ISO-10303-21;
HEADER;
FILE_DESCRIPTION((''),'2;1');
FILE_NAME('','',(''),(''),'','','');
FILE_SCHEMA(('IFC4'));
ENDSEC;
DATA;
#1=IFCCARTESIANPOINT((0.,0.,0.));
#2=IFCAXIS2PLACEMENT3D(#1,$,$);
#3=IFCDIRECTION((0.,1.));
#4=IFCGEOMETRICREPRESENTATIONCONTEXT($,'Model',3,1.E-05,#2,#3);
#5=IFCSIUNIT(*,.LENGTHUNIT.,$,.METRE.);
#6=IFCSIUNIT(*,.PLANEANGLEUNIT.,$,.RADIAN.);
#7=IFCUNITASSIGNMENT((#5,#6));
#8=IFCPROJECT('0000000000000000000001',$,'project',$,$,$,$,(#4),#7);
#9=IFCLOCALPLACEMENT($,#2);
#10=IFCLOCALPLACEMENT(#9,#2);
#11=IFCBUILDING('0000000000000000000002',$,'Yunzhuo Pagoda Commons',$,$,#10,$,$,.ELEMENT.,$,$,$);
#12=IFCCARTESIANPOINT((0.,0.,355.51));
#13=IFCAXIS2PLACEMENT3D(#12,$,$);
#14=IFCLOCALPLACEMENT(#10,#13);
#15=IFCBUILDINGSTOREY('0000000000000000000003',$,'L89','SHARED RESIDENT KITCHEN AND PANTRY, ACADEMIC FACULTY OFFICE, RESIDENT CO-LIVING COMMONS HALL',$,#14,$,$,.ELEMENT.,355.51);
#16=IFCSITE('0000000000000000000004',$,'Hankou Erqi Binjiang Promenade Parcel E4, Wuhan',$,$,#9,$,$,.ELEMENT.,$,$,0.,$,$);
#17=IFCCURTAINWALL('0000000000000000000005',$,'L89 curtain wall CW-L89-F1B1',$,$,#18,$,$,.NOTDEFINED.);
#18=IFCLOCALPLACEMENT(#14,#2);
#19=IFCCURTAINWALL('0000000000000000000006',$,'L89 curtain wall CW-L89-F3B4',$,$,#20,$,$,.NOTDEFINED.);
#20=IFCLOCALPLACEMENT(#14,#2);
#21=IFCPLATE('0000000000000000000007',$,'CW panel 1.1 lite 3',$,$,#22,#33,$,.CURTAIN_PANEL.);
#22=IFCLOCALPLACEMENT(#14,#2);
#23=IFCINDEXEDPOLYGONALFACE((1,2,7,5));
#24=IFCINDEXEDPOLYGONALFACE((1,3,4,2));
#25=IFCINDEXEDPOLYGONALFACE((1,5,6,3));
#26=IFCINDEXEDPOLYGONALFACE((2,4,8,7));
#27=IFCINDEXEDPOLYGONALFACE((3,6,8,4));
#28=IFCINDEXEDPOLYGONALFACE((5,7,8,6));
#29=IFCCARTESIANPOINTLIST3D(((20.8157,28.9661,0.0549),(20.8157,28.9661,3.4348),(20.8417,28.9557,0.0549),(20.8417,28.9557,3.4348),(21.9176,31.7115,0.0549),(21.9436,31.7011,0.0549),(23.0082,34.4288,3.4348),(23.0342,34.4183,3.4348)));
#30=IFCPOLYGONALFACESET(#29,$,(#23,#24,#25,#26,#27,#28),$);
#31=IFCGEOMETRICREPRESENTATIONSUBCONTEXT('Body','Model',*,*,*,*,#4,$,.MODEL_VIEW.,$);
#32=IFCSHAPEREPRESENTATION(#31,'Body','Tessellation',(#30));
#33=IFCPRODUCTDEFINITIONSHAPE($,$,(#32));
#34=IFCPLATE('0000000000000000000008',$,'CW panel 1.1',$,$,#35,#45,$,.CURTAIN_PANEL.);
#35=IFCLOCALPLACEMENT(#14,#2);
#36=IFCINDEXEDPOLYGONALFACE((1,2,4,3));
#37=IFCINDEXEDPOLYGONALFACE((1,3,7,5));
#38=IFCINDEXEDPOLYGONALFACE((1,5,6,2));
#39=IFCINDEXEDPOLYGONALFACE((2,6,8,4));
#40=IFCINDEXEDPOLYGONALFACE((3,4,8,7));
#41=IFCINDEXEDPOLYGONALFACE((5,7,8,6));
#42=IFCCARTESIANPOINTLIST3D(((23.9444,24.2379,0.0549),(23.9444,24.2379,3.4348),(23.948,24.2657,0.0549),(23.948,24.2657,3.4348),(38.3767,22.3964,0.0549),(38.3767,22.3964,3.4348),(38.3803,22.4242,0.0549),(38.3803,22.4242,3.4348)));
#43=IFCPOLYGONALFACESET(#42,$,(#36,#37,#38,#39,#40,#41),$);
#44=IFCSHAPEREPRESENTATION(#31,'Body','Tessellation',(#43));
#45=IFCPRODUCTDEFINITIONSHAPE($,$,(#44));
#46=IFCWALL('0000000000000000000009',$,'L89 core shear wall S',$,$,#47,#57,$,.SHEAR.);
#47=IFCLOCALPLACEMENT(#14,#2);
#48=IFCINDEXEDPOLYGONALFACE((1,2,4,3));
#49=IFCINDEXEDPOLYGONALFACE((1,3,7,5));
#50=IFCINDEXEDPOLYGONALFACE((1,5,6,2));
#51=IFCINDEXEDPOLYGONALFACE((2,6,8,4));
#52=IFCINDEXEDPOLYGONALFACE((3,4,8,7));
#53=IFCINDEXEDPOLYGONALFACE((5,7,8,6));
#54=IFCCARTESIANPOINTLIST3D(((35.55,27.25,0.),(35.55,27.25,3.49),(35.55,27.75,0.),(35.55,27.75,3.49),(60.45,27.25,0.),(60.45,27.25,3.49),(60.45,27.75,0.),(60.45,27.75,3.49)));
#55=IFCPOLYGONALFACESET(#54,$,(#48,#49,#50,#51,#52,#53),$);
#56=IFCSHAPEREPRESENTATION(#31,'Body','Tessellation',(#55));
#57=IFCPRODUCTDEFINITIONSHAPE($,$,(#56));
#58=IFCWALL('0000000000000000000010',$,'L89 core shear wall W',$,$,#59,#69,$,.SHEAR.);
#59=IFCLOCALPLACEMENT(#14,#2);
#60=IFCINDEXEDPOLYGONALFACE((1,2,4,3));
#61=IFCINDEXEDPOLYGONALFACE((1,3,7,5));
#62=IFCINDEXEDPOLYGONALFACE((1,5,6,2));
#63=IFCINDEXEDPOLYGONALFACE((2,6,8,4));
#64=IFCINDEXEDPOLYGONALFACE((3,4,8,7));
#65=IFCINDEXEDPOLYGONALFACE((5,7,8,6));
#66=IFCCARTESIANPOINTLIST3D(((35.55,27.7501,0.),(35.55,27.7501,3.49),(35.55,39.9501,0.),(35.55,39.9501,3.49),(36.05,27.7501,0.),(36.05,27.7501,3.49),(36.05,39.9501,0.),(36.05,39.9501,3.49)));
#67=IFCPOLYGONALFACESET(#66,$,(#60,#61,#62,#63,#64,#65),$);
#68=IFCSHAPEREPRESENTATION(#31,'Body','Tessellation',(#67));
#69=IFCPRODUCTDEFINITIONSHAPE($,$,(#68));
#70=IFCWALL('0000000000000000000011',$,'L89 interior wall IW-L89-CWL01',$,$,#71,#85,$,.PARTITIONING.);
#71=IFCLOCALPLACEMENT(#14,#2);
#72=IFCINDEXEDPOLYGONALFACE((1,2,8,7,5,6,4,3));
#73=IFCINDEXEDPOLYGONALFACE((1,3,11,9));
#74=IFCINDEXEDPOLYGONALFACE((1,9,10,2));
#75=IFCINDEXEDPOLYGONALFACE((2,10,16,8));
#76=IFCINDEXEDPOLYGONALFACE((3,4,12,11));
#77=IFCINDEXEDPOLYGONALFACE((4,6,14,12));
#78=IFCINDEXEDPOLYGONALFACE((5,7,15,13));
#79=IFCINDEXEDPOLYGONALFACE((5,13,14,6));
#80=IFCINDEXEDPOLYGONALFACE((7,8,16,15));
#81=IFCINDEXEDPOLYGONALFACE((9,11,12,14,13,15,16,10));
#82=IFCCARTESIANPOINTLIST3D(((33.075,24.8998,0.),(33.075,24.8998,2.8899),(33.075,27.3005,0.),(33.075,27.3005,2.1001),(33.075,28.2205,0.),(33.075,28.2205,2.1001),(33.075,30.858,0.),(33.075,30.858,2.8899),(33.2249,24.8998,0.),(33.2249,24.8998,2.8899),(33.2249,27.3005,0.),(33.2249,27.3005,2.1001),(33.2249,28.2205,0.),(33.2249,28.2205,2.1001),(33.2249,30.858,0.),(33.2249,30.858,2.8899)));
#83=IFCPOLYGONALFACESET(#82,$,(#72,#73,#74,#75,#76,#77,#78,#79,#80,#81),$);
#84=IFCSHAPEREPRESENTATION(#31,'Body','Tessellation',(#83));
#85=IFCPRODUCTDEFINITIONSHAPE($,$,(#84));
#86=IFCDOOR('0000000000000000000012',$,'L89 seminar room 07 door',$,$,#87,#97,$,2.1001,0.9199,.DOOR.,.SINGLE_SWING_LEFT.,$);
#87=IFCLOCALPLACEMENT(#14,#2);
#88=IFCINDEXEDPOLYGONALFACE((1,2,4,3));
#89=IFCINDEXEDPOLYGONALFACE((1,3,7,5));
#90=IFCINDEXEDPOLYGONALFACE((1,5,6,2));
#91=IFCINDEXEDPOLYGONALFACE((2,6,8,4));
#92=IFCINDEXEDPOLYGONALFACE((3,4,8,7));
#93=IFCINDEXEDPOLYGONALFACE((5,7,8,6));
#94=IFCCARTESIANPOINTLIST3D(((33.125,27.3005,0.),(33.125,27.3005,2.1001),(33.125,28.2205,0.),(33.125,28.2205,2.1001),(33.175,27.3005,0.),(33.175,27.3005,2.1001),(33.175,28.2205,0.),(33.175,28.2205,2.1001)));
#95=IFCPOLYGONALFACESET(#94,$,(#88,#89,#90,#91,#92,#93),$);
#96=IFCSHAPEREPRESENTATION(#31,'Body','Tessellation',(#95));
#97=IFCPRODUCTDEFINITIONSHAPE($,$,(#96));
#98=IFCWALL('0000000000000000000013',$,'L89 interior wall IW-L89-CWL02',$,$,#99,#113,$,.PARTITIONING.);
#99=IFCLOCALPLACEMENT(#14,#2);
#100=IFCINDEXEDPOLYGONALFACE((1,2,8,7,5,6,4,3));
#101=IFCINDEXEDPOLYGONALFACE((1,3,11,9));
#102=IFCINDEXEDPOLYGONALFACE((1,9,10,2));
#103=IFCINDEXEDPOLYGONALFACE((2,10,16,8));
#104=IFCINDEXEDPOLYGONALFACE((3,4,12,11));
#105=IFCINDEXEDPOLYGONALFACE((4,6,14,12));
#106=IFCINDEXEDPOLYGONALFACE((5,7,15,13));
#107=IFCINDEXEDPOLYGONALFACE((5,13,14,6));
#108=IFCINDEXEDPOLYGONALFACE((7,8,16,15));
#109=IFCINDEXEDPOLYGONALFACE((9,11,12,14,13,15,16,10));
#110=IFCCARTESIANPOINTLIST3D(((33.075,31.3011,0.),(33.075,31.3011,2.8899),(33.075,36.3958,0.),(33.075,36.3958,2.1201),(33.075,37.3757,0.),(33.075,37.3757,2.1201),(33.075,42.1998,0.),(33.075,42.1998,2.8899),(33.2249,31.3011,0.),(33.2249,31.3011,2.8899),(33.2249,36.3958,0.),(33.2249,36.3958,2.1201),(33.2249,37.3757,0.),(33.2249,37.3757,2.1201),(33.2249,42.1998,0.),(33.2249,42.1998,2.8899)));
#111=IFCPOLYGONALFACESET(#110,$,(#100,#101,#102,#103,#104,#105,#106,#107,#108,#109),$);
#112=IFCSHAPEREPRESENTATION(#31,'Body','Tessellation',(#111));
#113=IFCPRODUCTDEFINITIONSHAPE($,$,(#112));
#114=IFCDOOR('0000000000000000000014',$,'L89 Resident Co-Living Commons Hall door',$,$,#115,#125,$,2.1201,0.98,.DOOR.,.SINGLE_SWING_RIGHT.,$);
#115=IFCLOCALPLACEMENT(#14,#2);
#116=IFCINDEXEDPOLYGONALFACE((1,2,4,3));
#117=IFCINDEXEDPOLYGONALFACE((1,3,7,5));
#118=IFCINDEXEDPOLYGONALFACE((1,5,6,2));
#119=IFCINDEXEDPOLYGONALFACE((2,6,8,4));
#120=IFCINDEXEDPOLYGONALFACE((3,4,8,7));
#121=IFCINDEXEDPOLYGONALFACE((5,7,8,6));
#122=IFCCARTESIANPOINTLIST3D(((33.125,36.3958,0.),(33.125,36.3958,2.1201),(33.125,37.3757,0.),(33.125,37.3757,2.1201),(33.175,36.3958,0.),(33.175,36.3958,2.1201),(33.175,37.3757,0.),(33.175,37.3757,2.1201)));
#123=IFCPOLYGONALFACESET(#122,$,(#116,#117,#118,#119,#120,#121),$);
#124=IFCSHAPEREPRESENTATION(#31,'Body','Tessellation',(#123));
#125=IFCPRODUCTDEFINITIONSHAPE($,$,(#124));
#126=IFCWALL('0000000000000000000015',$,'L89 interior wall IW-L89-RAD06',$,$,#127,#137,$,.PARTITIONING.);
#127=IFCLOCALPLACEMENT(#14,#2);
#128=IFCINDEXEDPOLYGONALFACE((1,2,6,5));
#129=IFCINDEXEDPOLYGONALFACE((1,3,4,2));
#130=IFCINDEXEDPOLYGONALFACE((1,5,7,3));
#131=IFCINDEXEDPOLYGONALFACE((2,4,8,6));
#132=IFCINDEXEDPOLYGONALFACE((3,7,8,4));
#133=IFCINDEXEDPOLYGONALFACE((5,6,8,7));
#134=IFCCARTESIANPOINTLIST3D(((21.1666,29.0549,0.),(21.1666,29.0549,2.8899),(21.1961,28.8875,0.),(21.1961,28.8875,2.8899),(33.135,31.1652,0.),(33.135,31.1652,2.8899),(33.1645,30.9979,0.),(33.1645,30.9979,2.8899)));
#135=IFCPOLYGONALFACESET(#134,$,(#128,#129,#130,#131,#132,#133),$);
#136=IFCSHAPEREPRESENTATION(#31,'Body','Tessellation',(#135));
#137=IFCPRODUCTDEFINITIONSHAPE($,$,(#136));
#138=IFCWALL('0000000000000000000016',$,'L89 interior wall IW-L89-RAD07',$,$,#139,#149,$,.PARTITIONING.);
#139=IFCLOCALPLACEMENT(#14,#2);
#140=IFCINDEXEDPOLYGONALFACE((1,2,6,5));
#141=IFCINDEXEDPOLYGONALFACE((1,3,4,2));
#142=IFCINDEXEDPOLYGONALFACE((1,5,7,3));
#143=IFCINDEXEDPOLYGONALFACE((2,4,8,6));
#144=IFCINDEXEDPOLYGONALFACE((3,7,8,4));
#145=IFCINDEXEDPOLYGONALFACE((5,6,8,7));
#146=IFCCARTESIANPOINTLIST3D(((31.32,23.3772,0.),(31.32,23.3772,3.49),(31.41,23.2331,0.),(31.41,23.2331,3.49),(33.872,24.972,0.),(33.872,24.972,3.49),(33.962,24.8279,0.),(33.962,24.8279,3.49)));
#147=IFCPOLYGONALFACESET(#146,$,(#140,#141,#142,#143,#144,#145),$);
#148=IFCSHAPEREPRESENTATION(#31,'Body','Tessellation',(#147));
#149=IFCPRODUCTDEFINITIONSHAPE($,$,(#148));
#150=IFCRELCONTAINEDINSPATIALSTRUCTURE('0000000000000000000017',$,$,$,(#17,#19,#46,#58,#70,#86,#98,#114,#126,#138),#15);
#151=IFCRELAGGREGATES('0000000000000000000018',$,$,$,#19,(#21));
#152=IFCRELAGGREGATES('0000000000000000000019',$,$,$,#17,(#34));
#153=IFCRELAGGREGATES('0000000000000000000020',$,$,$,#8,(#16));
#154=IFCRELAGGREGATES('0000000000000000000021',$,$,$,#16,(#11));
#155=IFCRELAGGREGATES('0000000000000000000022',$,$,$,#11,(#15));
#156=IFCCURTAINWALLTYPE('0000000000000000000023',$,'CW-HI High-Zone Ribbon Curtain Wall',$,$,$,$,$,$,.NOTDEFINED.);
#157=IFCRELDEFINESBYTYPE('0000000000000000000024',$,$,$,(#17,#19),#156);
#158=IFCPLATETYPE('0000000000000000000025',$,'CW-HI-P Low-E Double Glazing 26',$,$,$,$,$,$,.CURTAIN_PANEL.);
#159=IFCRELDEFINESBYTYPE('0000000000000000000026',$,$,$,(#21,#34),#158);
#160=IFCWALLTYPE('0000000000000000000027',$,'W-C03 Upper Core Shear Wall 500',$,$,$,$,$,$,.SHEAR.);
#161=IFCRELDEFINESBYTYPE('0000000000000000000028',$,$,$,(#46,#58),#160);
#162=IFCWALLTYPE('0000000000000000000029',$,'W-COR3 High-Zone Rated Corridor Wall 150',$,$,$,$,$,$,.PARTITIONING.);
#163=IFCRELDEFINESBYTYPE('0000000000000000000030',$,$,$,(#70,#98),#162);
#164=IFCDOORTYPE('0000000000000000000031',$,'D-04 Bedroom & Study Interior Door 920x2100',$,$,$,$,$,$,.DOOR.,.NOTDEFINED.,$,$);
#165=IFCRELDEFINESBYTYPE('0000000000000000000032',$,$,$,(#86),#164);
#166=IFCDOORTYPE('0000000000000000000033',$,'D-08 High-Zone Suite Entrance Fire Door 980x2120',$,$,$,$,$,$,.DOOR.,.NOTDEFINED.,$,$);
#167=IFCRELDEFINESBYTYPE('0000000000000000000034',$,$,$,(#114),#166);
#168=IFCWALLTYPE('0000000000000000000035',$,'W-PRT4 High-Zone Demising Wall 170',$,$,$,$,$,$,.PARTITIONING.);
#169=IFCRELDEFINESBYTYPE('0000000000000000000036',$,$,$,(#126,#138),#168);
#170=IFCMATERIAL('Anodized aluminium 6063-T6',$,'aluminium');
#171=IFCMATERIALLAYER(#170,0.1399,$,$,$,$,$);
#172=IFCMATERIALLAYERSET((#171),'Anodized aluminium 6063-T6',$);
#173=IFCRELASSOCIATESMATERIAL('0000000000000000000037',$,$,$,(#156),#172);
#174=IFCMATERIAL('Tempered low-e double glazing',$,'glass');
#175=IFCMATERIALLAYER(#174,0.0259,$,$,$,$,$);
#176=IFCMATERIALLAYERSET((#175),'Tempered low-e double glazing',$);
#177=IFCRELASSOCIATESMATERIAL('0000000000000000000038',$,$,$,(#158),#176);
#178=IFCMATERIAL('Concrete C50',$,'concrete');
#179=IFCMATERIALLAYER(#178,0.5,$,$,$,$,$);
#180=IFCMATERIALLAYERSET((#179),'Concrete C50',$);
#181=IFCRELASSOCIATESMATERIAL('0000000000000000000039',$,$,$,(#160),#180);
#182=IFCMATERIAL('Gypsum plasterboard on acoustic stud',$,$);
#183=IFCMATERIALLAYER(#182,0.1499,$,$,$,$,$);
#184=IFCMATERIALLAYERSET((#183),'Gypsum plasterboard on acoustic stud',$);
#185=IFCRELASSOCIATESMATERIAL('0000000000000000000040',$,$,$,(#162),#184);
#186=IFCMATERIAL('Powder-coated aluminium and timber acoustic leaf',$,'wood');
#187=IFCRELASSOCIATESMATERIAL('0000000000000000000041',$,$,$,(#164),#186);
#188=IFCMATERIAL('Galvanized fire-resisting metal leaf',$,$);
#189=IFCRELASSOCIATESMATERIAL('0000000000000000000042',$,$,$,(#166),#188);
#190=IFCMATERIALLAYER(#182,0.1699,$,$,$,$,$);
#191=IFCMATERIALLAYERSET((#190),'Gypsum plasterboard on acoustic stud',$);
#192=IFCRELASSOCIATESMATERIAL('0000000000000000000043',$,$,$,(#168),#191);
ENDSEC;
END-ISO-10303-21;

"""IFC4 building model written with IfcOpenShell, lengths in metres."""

from ifc_helpers import new_model, si_unit, direction, frame, frame_2d, origin, origin_with_axes, origin_2d, place, context, subcontext, project, spatial, polyline, rectangle, outline, extrude, source, transform, mapped, material, layer, layer_set, type_object, element, fill, aggregate, save


model = new_model("IFC4")

# Units and contexts
model_context = context("Model", 3, precision=1e-05, world=origin(), true_north=direction((0.0, 1.0)))
body_context = subcontext(model_context, "Body", "Model", "MODEL_VIEW")
ifc_project = project(units=[si_unit("LENGTHUNIT", "METRE"), si_unit("PLANEANGLEUNIT", "RADIAN")], contexts=[model_context])

# Site, building, storey
site_placement = place(None, origin())
site = spatial("IfcSite", under=ifc_project, at=site_placement, Name="Hankou Erqi Binjiang Promenade Parcel E4, Wuhan", CompositionType="ELEMENT", RefElevation=0.0)
building_placement = place(site_placement, origin())
building = spatial("IfcBuilding", under=site, at=building_placement, Name="Yunzhuo Pagoda Commons", CompositionType="ELEMENT")
storey_placement = place(building_placement, frame((0.0, 0.0, 355.51)))
storey = spatial("IfcBuildingStorey", under=building, at=storey_placement, Name="L89", Description="SHARED RESIDENT KITCHEN AND PANTRY, ACADEMIC FACULTY OFFICE, RESIDENT CO-LIVING COMMONS HALL", CompositionType="ELEMENT", Elevation=355.51)

# Curtain wall
ifc_material_1 = material(Name="Anodized aluminium 6063-T6", Category="aluminium")
ifc_layer_1 = layer(ifc_material_1, 0.1399)
ifc_layer_set_1 = layer_set([ifc_layer_1], Name="Anodized aluminium 6063-T6")
curtain_wall_type = type_object("IfcCurtainWallType", Name="CW-HI High-Zone Ribbon Curtain Wall", PredefinedType="NOTDEFINED", material=ifc_layer_set_1)
curtain_wall_1_placement = place(storey_placement, origin())
curtain_wall_1 = element("IfcCurtainWall", 1, at=curtain_wall_1_placement, inside=storey, type_object=curtain_wall_type, Name="L89 curtain wall CW-L89-F1B1", PredefinedType="NOTDEFINED")

# Curtain wall, plate
curtain_wall_2_placement = place(storey_placement, origin())
curtain_wall_2 = element("IfcCurtainWall", 2, at=curtain_wall_2_placement, inside=storey, type_object=curtain_wall_type, Name="L89 curtain wall CW-L89-F3B4", PredefinedType="NOTDEFINED")
ifc_material_2 = material(Name="Tempered low-e double glazing", Category="glass")
ifc_layer_2 = layer(ifc_material_2, 0.0259)
ifc_layer_set_2 = layer_set([ifc_layer_2], Name="Tempered low-e double glazing")
plate_type = type_object("IfcPlateType", Name="CW-HI-P Low-E Double Glazing 26", PredefinedType="CURTAIN_PANEL", material=ifc_layer_set_2)
plate_1_placement = place(storey_placement, frame((21.938, 31.687, 1.7449), z_axis=(-0.928039, 0.372483, 0.0), x_axis=(-0.372483, -0.928039, 0.0)))
plate_1 = element("IfcPlate", 3, at=plate_1_placement, type_object=plate_type, Name="CW panel 1.1 lite 3", PredefinedType="CURTAIN_PANEL", context=body_context, shape_type="SweptSolid", body=[
    extrude(outline(polyline([(-2.9431, 1.6899), (-0.0151, -1.6899), (2.9431, -1.6899), (2.9431, 1.6899), (-2.9431, 1.6899)])), origin(), (0.0, 0.0, 1.0), 0.0281),
])
aggregate(curtain_wall_2, [plate_1])

# Plate
shared_shape_1 = source(origin(), body_context, "Body", "SweptSolid", [
    extrude(rectangle(XDim=14.5493, YDim=0.0281, at=origin_2d()), origin(), (0.0, 0.0, 1.0), 3.3799),
])
plate_2_placement = place(storey_placement, frame((31.1624, 23.3311, 0.0549), z_axis=(0.0, 0.0, 1.0), x_axis=(0.991958, -0.126571, 0.0)))
plate_2 = element("IfcPlate", 4, at=plate_2_placement, type_object=plate_type, Name="CW panel 1.1", PredefinedType="CURTAIN_PANEL", context=body_context, shape_type="MappedRepresentation", body=[
    mapped(shared_shape_1, transform((0.0, 0.0, 0.0), scale=1.0)),
])
aggregate(curtain_wall_1, [plate_2])

# Walls
ifc_material_3 = material(Name="Concrete C50", Category="concrete")
ifc_layer_3 = layer(ifc_material_3, 0.5)
ifc_layer_set_3 = layer_set([ifc_layer_3], Name="Concrete C50")
wall_type_1 = type_object("IfcWallType", Name="W-C03 Upper Core Shear Wall 500", PredefinedType="SHEAR", material=ifc_layer_set_3)
wall_1_placement = place(storey_placement, frame((35.55, 27.5, 0.0), z_axis=(0.0, 0.0, 1.0), x_axis=(1.0, 0.0, 0.0)))
element("IfcWall", 5, at=wall_1_placement, inside=storey, type_object=wall_type_1, Name="L89 core shear wall S", PredefinedType="SHEAR", context=body_context, shape_type="SweptSolid", body=[
    extrude(rectangle(XDim=24.8999, YDim=0.5, at=frame_2d((12.45, 0.0))), origin(), (0.0, 0.0, 1.0), 3.49),
])
wall_2_placement = place(storey_placement, frame((35.8, 27.75, 0.0), z_axis=(0.0, 0.0, 1.0), x_axis=(0.0, 1.0, 0.0)))
element("IfcWall", 6, at=wall_2_placement, inside=storey, type_object=wall_type_1, Name="L89 core shear wall W", PredefinedType="SHEAR", context=body_context, shape_type="SweptSolid", body=[
    extrude(rectangle(XDim=12.2, YDim=0.5, at=frame_2d((6.1001, 0.0))), origin(), (0.0, 0.0, 1.0), 3.49),
])

# Walls, openings, doors
ifc_material_4 = material(Name="Gypsum plasterboard on acoustic stud")
ifc_layer_4 = layer(ifc_material_4, 0.1499)
ifc_layer_set_4 = layer_set([ifc_layer_4], Name="Gypsum plasterboard on acoustic stud")
wall_type_2 = type_object("IfcWallType", Name="W-COR3 High-Zone Rated Corridor Wall 150", PredefinedType="PARTITIONING", material=ifc_layer_set_4)
wall_3_placement = place(storey_placement, frame((33.1499, 24.8999, 0.0), z_axis=(0.0, 0.0, 1.0), x_axis=(0.0, 1.0, 0.0)))
wall_3 = element("IfcWall", 7, at=wall_3_placement, inside=storey, type_object=wall_type_2, Name="L89 interior wall IW-L89-CWL01", PredefinedType="PARTITIONING", context=body_context, shape_type="SweptSolid", body=[
    extrude(rectangle(XDim=5.9583, YDim=0.1499, at=frame_2d((2.979, 0.0))), origin(), (0.0, 0.0, 1.0), 2.8899),
])
opening_1_placement = place(wall_3_placement, frame((2.4006, 0.0, 0.0)))
opening_1 = element("IfcOpeningElement", 8, at=opening_1_placement, cuts=wall_3, PredefinedType="OPENING", context=body_context, shape_type="SweptSolid", body=[
    extrude(rectangle(XDim=0.9199, YDim=2.1001, at=frame_2d((0.46, 1.05))), frame((0.0, 0.085, 0.0), z_axis=(0.0, -1.0, 0.0), x_axis=(1.0, 0.0, 0.0)), (0.0, 0.0, 1.0), 0.1699),
])
ifc_material_5 = material(Name="Powder-coated aluminium and timber acoustic leaf", Category="wood")
door_type_1 = type_object("IfcDoorType", Name="D-04 Bedroom & Study Interior Door 920x2100", OperationType="NOTDEFINED", PredefinedType="DOOR", material=ifc_material_5)
shared_shape_2 = source(origin(), body_context, "Body", "SweptSolid", [
    extrude(rectangle(XDim=0.9199, YDim=2.1001, at=frame_2d((0.46, 1.05))), frame((0.0, 0.0249, 0.0), z_axis=(0.0, -1.0, 0.0), x_axis=(1.0, 0.0, 0.0)), (0.0, 0.0, 1.0), 0.05),
])
door_1_placement = place(opening_1_placement, origin_with_axes())
door_1 = element("IfcDoor", 9, at=door_1_placement, inside=storey, type_object=door_type_1, Name="L89 seminar room 07 door", OperationType="SINGLE_SWING_LEFT", OverallHeight=2.1001, OverallWidth=0.9199, PredefinedType="DOOR", context=body_context, shape_type="MappedRepresentation", body=[
    mapped(shared_shape_2, transform((0.0, 0.0, 0.0), scale=1.0)),
])
fill(opening_1, door_1)
wall_4_placement = place(storey_placement, frame((33.1499, 31.3013, 0.0), z_axis=(0.0, 0.0, 1.0), x_axis=(0.0, 1.0, 0.0)))
wall_4 = element("IfcWall", 10, at=wall_4_placement, inside=storey, type_object=wall_type_2, Name="L89 interior wall IW-L89-CWL02", PredefinedType="PARTITIONING", context=body_context, shape_type="SweptSolid", body=[
    extrude(rectangle(XDim=10.8987, YDim=0.1499, at=frame_2d((5.4492, 0.0))), origin(), (0.0, 0.0, 1.0), 2.8899),
])
opening_2_placement = place(wall_4_placement, frame((5.0945, 0.0, 0.0)))
opening_2 = element("IfcOpeningElement", 11, at=opening_2_placement, cuts=wall_4, PredefinedType="OPENING", context=body_context, shape_type="SweptSolid", body=[
    extrude(rectangle(XDim=0.98, YDim=2.1201, at=frame_2d((0.49, 1.0601))), frame((0.0, 0.085, 0.0), z_axis=(0.0, -1.0, 0.0), x_axis=(1.0, 0.0, 0.0)), (0.0, 0.0, 1.0), 0.1699),
])
ifc_material_6 = material(Name="Galvanized fire-resisting metal leaf")
door_type_2 = type_object("IfcDoorType", Name="D-08 High-Zone Suite Entrance Fire Door 980x2120", OperationType="NOTDEFINED", PredefinedType="DOOR", material=ifc_material_6)
shared_shape_3 = source(origin(), body_context, "Body", "SweptSolid", [
    extrude(rectangle(XDim=0.98, YDim=2.1201, at=frame_2d((0.49, 1.0601))), frame((0.0, 0.0249, 0.0), z_axis=(0.0, -1.0, 0.0), x_axis=(1.0, 0.0, 0.0)), (0.0, 0.0, 1.0), 0.05),
])
door_2_placement = place(opening_2_placement, origin_with_axes())
door_2 = element("IfcDoor", 12, at=door_2_placement, inside=storey, type_object=door_type_2, Name="L89 Resident Co-Living Commons Hall door", OperationType="SINGLE_SWING_RIGHT", OverallHeight=2.1201, OverallWidth=0.98, PredefinedType="DOOR", context=body_context, shape_type="MappedRepresentation", body=[
    mapped(shared_shape_3, transform((0.0, 0.0, 0.0), scale=1.0)),
])
fill(opening_2, door_2)

# Walls
ifc_layer_5 = layer(ifc_material_4, 0.1699)
ifc_layer_set_5 = layer_set([ifc_layer_5], Name="Gypsum plasterboard on acoustic stud")
wall_type_3 = type_object("IfcWallType", Name="W-PRT4 High-Zone Demising Wall 170", PredefinedType="PARTITIONING", material=ifc_layer_set_5)
wall_5_placement = place(storey_placement, frame((33.1499, 31.0815, 0.0), z_axis=(0.0, 0.0, 1.0), x_axis=(-0.984808, -0.173647, 0.0)))
element("IfcWall", 13, at=wall_5_placement, inside=storey, type_object=wall_type_3, Name="L89 interior wall IW-L89-RAD06", PredefinedType="PARTITIONING", context=body_context, shape_type="SweptSolid", body=[
    extrude(rectangle(XDim=12.1531, YDim=0.1699, at=frame_2d((6.0767, 0.0))), origin(), (0.0, 0.0, 1.0), 2.8899),
])
wall_6_placement = place(storey_placement, frame((33.917, 24.8999, 0.0), z_axis=(0.0, 0.0, 1.0), x_axis=(-0.848039, -0.529933, 0.0)))
element("IfcWall", 14, at=wall_6_placement, inside=storey, type_object=wall_type_3, Name="L89 interior wall IW-L89-RAD07", PredefinedType="PARTITIONING", context=body_context, shape_type="SweptSolid", body=[
    extrude(rectangle(XDim=3.0093, YDim=0.1699, at=frame_2d((1.5046, 0.0))), origin(), (0.0, 0.0, 1.0), 3.49),
])

save(model, "model.ifc")
